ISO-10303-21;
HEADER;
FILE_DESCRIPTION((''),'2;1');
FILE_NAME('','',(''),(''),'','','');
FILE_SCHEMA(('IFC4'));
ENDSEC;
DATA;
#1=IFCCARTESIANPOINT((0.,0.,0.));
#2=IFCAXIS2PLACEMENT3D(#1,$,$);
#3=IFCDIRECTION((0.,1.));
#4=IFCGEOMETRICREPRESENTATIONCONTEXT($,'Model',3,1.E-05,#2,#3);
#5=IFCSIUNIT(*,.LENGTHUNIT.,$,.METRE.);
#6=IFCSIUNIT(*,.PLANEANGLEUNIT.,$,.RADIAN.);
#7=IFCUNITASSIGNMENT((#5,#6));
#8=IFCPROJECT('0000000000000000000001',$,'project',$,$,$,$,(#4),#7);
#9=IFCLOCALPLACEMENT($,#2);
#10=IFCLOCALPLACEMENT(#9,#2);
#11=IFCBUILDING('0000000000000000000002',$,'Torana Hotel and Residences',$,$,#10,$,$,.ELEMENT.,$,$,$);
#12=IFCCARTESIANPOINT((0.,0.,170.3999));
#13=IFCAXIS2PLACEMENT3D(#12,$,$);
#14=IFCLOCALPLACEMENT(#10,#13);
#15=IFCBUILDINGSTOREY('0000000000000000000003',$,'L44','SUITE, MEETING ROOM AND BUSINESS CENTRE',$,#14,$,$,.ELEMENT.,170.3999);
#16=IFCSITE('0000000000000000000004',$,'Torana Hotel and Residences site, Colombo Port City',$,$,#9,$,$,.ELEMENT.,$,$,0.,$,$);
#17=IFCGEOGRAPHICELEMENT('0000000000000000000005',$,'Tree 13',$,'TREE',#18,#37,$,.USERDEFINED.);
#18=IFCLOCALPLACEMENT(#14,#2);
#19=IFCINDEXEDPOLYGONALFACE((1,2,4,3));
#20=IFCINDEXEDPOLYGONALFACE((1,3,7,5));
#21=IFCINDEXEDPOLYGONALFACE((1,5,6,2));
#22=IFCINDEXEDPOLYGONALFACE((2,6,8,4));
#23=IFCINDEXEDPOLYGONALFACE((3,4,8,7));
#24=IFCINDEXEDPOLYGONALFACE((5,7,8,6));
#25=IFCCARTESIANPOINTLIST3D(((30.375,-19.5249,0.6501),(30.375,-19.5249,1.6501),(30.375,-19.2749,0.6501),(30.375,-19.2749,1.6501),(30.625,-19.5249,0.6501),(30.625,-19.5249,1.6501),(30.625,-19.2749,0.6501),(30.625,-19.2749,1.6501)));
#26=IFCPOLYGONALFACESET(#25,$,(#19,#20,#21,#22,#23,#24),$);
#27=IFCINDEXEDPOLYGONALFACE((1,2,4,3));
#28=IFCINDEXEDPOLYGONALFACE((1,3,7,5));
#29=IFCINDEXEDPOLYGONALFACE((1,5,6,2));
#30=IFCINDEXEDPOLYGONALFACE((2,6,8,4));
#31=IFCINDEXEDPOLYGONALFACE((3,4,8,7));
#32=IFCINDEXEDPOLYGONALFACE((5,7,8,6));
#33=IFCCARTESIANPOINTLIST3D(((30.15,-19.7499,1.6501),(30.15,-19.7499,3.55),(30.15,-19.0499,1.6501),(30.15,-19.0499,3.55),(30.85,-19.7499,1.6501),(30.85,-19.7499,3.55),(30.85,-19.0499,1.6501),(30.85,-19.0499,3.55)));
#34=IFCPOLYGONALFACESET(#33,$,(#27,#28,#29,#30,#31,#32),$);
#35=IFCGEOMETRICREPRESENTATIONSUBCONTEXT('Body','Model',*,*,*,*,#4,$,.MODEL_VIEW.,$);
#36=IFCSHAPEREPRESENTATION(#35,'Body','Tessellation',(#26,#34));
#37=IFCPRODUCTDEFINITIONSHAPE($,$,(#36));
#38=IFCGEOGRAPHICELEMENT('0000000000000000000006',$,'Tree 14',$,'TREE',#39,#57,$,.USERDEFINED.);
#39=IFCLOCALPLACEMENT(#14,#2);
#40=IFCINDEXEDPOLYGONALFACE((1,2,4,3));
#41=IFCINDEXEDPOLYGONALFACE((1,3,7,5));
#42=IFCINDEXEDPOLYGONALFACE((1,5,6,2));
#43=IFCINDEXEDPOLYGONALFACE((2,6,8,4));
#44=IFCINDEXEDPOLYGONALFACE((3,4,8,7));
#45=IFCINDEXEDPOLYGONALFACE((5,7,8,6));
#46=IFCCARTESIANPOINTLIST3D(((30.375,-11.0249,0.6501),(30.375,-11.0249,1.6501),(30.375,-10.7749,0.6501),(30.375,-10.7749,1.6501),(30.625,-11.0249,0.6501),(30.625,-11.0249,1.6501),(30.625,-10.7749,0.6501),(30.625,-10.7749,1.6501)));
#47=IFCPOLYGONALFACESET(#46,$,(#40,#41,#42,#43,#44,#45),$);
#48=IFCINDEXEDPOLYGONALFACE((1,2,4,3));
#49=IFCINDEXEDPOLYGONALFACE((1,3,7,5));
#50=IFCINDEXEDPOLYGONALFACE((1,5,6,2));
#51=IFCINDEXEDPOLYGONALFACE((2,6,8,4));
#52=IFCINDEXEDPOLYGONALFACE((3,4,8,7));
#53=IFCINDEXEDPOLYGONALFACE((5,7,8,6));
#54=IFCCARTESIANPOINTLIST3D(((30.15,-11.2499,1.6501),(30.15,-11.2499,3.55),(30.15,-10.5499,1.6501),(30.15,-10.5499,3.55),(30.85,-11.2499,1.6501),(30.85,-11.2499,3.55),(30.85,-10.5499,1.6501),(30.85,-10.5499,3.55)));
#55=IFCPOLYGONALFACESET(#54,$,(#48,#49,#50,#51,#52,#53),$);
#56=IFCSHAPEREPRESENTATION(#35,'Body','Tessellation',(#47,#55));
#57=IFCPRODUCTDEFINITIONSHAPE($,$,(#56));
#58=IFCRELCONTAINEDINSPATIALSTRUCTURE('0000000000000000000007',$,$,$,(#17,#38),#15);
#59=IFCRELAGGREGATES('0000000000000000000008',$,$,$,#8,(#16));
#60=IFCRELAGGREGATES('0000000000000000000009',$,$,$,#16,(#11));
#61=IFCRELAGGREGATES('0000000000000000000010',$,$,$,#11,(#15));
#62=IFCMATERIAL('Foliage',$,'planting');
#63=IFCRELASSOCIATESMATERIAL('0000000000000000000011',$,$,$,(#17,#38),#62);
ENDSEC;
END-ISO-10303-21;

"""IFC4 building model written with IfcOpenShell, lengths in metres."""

from ifc_helpers import new_model, si_unit, direction, frame, origin, origin_2d, place, context, subcontext, project, spatial, rectangle, extrude, material, element, save


model = new_model("IFC4")

# Units and contexts
model_context = context("Model", 3, precision=1e-05, world=origin(), true_north=direction((0.0, 1.0)))
body_context = subcontext(model_context, "Body", "Model", "MODEL_VIEW")
ifc_project = project(units=[si_unit("LENGTHUNIT", "METRE"), si_unit("PLANEANGLEUNIT", "RADIAN")], contexts=[model_context])

# Site, building, storey
site_placement = place(None, origin())
site = spatial("IfcSite", under=ifc_project, at=site_placement, Name="Torana Hotel and Residences site, Colombo Port City", CompositionType="ELEMENT", RefElevation=0.0)
building_placement = place(site_placement, origin())
building = spatial("IfcBuilding", under=site, at=building_placement, Name="Torana Hotel and Residences", CompositionType="ELEMENT")
storey_placement = place(building_placement, frame((0.0, 0.0, 170.3999)))
storey = spatial("IfcBuildingStorey", under=building, at=storey_placement, Name="L44", Description="SUITE, MEETING ROOM AND BUSINESS CENTRE", CompositionType="ELEMENT", Elevation=170.3999)

# Geographic elements
ifc_material_1 = material(Name="Foliage", Category="planting")
for number, where, z_axis, x_axis, name in (
    (1, (30.5, -19.3999, 0.6501), (0.0, 0.0, 1.0), (1.0, 0.0, 0.0), "Tree 13"),
    (2, (30.5, -10.8999, 0.6501), (0.0, 0.0, 1.0), (1.0, 0.0, 0.0), "Tree 14"),
):
    element("IfcGeographicElement", number, at=place(storey_placement, frame(where, z_axis=z_axis, x_axis=x_axis)), inside=storey, material=ifc_material_1, Name=name, ObjectType="TREE", PredefinedType="USERDEFINED", context=body_context, shape_type="SweptSolid", body=[
        extrude(rectangle(XDim=0.25, YDim=0.25, at=origin_2d()), origin(), (0.0, 0.0, 1.0), 1.0),
        extrude(rectangle(XDim=0.7, YDim=0.7, at=origin_2d()), frame((0.0, 0.0, 1.0)), (0.0, 0.0, 1.0), 1.8999),
    ])

save(model, "model.ifc")
